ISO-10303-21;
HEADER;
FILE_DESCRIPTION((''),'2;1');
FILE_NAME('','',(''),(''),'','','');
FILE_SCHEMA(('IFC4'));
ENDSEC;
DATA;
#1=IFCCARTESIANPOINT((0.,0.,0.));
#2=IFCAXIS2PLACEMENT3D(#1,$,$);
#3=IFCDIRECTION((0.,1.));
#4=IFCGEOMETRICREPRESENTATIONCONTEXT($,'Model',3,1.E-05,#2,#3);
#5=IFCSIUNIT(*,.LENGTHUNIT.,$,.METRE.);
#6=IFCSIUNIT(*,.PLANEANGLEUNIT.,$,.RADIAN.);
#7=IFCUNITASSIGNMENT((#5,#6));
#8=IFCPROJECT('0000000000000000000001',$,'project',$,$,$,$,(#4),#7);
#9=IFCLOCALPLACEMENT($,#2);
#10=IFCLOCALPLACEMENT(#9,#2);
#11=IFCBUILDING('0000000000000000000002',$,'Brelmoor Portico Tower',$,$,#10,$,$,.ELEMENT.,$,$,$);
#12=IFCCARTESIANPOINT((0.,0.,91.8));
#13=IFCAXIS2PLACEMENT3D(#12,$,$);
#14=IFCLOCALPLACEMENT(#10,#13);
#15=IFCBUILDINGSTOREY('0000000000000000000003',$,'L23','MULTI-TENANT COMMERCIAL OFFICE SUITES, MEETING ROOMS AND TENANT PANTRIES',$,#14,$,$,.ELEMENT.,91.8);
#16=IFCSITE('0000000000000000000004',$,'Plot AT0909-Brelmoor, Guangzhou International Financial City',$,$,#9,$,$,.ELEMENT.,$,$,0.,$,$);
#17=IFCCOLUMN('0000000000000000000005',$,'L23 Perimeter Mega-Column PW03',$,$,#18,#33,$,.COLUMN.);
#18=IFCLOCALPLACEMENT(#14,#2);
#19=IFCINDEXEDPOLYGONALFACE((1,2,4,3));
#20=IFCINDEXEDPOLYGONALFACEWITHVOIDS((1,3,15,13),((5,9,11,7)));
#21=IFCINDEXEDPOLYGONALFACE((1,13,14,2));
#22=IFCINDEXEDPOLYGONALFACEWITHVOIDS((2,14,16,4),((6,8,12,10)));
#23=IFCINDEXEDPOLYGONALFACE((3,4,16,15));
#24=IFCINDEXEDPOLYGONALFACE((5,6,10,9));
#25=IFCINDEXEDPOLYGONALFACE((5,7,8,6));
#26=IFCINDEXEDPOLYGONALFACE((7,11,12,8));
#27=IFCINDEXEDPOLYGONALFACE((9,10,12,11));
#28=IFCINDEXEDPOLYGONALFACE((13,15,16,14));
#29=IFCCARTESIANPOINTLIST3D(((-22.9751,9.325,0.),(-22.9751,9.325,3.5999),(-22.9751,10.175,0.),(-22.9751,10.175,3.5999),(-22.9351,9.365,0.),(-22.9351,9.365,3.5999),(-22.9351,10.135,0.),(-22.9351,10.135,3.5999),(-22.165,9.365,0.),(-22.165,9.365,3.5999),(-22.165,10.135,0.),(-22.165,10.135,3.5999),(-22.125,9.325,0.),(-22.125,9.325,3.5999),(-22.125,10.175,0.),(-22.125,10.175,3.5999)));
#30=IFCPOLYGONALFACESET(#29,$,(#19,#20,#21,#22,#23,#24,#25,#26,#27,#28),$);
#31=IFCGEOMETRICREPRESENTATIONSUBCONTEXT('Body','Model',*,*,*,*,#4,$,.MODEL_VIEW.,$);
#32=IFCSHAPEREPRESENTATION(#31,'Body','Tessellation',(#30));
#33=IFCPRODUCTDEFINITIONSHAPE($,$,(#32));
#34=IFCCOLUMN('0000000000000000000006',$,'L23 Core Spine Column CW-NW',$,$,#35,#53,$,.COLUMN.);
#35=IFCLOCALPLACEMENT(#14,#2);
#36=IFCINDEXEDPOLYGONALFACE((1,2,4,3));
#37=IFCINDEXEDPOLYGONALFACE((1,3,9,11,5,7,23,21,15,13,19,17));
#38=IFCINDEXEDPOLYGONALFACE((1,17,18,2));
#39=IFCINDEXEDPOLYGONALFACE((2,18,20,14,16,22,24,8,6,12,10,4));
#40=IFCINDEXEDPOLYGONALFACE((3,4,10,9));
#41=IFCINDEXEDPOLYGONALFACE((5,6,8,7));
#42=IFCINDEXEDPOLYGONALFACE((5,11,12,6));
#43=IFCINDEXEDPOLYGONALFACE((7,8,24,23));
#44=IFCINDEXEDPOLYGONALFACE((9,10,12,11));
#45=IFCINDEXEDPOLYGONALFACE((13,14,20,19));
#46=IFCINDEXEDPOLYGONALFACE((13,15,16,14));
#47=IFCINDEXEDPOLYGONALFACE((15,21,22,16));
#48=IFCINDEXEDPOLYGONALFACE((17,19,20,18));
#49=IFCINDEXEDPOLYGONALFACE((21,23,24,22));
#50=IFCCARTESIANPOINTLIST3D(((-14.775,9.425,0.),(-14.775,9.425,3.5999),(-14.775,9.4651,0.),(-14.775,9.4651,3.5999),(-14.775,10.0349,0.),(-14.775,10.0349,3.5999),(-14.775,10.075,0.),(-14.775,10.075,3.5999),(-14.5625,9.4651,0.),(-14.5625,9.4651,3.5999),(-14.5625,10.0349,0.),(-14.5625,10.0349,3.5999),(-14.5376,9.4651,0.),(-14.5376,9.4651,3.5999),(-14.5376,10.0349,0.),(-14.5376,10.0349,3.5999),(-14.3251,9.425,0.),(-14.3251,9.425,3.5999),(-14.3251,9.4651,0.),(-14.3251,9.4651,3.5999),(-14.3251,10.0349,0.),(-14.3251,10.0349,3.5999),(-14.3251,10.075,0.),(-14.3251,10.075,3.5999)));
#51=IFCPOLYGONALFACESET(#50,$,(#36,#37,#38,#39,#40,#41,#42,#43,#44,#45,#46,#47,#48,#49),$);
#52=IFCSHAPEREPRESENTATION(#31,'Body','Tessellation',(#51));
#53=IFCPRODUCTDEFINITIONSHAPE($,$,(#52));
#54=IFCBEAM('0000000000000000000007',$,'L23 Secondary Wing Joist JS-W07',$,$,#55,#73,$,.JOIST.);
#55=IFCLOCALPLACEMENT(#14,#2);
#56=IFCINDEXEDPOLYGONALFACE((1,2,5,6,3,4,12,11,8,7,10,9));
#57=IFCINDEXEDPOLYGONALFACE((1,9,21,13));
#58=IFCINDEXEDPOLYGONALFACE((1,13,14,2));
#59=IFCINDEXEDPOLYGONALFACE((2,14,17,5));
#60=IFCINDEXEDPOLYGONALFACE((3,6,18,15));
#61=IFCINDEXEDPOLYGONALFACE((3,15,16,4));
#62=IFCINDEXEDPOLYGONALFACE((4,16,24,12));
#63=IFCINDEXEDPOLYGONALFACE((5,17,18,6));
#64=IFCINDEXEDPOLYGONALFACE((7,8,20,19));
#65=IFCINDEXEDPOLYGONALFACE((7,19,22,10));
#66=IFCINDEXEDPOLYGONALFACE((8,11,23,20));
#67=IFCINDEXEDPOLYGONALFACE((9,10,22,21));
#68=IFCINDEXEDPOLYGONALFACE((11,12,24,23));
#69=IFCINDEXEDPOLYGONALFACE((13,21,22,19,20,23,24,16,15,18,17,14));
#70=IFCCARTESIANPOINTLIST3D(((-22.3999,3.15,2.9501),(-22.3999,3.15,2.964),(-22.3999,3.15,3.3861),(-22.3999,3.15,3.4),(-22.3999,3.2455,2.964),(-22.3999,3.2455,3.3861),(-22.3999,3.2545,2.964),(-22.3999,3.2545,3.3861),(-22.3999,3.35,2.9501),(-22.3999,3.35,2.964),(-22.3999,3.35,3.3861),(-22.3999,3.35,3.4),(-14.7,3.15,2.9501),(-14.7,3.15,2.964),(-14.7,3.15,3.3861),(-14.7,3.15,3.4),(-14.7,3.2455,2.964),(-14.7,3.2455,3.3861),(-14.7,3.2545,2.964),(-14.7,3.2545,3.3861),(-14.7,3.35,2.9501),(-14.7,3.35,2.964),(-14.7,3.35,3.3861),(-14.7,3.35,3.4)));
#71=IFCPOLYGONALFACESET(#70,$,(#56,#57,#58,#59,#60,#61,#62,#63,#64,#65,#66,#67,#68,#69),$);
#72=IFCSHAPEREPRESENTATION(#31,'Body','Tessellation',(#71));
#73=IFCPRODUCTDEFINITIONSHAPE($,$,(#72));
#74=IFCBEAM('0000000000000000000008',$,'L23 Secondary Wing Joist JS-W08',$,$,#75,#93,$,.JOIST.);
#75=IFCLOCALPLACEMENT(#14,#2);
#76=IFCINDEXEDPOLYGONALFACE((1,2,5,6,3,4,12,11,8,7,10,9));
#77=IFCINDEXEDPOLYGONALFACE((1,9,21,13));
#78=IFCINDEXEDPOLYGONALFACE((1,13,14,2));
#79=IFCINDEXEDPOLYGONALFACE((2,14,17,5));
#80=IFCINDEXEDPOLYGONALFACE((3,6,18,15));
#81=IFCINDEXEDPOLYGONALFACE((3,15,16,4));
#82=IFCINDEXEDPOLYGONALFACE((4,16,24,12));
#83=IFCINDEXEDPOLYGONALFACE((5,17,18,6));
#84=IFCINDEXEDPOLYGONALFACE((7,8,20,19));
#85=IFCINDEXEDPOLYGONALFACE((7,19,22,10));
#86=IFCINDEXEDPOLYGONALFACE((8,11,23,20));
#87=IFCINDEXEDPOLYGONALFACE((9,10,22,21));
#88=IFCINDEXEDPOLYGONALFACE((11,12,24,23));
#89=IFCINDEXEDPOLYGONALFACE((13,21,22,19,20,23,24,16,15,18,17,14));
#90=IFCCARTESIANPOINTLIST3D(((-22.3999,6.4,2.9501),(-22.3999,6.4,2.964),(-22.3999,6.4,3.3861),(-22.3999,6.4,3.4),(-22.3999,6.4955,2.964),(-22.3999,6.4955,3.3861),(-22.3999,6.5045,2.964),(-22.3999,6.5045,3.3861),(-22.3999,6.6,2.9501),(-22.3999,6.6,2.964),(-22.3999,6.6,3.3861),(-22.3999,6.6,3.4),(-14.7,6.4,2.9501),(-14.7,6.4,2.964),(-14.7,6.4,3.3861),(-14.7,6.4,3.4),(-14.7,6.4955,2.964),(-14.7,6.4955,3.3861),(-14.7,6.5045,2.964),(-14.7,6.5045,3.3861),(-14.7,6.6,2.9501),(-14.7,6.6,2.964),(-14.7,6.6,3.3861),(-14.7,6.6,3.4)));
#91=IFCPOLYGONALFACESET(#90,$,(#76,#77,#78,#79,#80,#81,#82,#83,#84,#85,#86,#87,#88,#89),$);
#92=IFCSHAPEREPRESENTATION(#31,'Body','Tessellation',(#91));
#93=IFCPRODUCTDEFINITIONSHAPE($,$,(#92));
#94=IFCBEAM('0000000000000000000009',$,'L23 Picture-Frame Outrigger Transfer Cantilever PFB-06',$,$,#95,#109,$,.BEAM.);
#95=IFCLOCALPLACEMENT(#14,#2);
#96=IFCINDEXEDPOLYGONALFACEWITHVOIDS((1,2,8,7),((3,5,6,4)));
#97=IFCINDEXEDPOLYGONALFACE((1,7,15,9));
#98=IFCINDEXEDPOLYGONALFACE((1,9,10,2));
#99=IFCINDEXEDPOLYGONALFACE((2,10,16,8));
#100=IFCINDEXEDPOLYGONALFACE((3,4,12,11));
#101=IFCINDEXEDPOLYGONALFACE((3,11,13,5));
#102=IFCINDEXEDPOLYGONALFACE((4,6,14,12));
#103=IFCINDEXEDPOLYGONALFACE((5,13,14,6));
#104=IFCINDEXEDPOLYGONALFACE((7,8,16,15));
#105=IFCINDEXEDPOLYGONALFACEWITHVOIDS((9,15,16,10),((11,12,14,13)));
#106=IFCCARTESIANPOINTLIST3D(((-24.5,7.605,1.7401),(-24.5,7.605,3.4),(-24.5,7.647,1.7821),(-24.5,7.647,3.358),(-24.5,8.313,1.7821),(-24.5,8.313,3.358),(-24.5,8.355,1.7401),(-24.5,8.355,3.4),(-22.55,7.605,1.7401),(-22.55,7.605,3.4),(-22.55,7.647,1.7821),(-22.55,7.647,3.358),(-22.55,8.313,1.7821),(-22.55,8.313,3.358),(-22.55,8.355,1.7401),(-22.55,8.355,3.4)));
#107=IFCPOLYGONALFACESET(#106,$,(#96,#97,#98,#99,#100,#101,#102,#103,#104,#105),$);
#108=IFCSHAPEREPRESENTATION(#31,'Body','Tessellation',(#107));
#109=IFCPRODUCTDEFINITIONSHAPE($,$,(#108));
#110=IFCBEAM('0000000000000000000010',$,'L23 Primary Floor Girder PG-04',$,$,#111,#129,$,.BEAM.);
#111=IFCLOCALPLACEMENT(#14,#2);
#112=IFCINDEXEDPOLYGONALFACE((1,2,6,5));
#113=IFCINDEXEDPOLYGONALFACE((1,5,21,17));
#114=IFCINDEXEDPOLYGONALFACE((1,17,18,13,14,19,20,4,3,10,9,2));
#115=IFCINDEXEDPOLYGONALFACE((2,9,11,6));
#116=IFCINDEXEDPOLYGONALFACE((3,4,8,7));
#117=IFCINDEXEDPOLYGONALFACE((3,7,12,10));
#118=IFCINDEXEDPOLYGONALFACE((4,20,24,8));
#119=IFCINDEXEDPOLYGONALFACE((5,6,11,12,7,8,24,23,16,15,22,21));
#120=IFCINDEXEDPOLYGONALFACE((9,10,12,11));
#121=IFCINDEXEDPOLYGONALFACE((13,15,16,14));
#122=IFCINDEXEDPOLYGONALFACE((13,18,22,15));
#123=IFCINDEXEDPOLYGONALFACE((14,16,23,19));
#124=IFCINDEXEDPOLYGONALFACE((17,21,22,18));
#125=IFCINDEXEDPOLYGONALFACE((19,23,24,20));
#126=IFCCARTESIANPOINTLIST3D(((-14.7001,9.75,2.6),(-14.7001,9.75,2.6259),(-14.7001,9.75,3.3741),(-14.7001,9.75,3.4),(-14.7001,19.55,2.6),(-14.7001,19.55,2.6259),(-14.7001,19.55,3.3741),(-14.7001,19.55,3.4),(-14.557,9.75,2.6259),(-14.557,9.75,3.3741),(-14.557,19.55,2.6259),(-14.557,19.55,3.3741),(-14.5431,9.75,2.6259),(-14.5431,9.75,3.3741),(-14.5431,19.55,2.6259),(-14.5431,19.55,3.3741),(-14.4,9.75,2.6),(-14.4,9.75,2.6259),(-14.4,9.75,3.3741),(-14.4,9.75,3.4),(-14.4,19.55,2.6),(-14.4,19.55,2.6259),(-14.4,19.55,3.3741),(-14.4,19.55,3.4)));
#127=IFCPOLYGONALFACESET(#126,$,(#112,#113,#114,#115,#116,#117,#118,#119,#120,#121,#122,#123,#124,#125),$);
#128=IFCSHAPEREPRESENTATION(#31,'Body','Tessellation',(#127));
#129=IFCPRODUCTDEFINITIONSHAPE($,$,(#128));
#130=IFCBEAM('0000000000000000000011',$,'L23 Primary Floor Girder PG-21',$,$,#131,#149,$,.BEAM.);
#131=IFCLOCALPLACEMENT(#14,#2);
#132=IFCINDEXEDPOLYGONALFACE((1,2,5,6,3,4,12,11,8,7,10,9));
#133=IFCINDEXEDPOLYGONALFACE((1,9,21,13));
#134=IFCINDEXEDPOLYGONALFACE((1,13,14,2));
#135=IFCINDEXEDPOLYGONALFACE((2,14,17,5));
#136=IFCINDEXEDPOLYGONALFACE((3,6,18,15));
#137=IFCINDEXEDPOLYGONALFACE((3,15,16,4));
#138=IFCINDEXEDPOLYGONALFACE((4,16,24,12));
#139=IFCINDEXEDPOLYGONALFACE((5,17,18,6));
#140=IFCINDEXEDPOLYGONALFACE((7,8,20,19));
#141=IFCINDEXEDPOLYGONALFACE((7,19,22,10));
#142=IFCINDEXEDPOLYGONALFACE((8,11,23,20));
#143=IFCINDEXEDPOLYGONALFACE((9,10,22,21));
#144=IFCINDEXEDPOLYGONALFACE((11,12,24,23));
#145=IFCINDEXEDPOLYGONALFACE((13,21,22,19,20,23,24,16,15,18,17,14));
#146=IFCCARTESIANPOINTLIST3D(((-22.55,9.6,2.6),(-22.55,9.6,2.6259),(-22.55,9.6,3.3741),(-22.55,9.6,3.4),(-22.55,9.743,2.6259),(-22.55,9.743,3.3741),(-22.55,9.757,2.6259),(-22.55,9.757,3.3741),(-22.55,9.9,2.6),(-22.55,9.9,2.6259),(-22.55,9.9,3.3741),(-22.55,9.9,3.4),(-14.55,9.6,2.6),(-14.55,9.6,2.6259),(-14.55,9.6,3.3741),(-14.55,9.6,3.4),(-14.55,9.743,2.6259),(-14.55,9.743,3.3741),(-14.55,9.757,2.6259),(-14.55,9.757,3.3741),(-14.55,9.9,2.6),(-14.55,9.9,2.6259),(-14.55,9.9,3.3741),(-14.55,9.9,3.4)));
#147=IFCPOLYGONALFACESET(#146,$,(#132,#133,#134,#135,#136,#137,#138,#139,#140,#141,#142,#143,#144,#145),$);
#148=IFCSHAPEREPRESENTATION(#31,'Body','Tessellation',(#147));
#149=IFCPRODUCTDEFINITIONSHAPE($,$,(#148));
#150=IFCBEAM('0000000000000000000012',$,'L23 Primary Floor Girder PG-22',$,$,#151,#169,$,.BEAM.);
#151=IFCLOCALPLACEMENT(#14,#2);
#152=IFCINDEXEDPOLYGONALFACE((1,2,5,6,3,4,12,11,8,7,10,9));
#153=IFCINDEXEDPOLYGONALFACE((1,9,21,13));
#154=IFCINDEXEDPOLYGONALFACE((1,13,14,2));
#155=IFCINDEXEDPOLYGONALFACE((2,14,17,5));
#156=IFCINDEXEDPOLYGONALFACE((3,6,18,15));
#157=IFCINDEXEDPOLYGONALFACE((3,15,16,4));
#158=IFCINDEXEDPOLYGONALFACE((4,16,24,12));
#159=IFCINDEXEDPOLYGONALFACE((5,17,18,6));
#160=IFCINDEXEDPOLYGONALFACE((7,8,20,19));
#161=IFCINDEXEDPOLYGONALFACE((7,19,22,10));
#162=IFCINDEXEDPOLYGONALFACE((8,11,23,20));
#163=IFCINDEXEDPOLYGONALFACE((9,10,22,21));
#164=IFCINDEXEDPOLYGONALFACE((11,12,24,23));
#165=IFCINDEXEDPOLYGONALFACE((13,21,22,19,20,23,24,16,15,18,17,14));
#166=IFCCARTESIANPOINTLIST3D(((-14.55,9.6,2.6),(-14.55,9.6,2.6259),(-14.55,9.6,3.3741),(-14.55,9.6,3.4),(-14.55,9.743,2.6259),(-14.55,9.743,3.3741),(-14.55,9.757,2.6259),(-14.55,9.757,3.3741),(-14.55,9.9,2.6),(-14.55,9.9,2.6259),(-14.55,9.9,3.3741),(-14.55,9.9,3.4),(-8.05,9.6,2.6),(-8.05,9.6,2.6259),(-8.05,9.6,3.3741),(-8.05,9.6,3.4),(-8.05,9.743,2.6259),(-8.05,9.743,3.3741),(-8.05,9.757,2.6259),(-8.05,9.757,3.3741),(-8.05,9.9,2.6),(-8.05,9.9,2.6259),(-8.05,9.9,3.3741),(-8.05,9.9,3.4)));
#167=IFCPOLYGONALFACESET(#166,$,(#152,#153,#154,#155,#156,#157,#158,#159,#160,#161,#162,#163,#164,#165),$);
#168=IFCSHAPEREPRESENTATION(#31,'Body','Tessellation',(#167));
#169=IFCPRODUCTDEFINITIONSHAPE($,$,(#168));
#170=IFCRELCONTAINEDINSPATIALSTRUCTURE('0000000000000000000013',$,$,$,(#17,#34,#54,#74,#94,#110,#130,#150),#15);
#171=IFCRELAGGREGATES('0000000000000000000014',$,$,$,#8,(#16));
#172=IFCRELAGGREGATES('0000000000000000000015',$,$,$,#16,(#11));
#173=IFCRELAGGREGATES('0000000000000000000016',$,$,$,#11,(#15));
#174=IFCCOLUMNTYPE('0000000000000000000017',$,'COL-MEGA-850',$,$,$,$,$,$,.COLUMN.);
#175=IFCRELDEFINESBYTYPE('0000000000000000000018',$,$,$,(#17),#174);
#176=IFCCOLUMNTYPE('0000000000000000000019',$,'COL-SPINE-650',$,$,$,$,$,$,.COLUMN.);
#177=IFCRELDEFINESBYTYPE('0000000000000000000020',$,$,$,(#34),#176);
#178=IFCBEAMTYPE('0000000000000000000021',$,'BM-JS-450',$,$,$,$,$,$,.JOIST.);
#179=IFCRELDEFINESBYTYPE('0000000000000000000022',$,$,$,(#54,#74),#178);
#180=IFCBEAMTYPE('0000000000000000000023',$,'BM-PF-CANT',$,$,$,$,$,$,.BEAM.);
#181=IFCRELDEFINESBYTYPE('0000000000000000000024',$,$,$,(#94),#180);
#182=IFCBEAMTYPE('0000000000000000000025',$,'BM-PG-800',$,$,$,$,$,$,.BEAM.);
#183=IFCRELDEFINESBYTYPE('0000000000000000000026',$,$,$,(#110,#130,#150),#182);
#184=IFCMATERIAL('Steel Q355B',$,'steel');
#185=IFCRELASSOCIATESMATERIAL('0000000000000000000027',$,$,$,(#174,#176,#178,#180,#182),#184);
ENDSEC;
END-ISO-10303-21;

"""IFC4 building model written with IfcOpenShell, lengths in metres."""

from ifc_helpers import new_model, si_unit, direction, frame, origin, origin_2d, place, context, subcontext, project, spatial, hollow_rectangle, i_section, extrude, material, material_profile, profile_set, type_object, element, save


model = new_model("IFC4")

# Units and contexts
model_context = context("Model", 3, precision=1e-05, world=origin(), true_north=direction((0.0, 1.0)))
body_context = subcontext(model_context, "Body", "Model", "MODEL_VIEW")
ifc_project = project(units=[si_unit("LENGTHUNIT", "METRE"), si_unit("PLANEANGLEUNIT", "RADIAN")], contexts=[model_context])

# Site, building, storey
site_placement = place(None, origin())
site = spatial("IfcSite", under=ifc_project, at=site_placement, Name="Plot AT0909-Brelmoor, Guangzhou International Financial City", CompositionType="ELEMENT", RefElevation=0.0)
building_placement = place(site_placement, origin())
building = spatial("IfcBuilding", under=site, at=building_placement, Name="Brelmoor Portico Tower", CompositionType="ELEMENT")
storey_placement = place(building_placement, frame((0.0, 0.0, 91.8)))
storey = spatial("IfcBuildingStorey", under=building, at=storey_placement, Name="L23", Description="MULTI-TENANT COMMERCIAL OFFICE SUITES, MEETING ROOMS AND TENANT PANTRIES", CompositionType="ELEMENT", Elevation=91.8)

# Columns
ifc_material_1 = material(Name="Steel Q355B", Category="steel")
ifc_material_profile_1 = material_profile(ifc_material_1, hollow_rectangle(XDim=0.8501, YDim=0.8501, WallThickness=0.04, at=origin_2d()), Name="BOX 850x850x40")
ifc_profile_set_1 = profile_set([ifc_material_profile_1], Name="Steel Q355B")
column_type_1 = type_object("IfcColumnType", Name="COL-MEGA-850", PredefinedType="COLUMN", material=ifc_profile_set_1)
column_1_placement = place(storey_placement, frame((-22.55, 9.75, 0.0), z_axis=(0.0, 0.0, 1.0), x_axis=(0.0, 1.0, 0.0)))
element("IfcColumn", 1, at=column_1_placement, inside=storey, type_object=column_type_1, Name="L23 Perimeter Mega-Column PW03", PredefinedType="COLUMN", context=body_context, shape_type="SweptSolid", body=[
    extrude(hollow_rectangle(XDim=0.8501, YDim=0.8501, WallThickness=0.04, at=origin_2d()), origin(), (0.0, 0.0, 1.0), 3.5999),
])
ifc_material_profile_2 = material_profile(ifc_material_1, i_section(OverallWidth=0.45, OverallDepth=0.6499, WebThickness=0.0249, FlangeThickness=0.04, at=origin_2d()), Name="HW 650x450x25x40")
ifc_profile_set_2 = profile_set([ifc_material_profile_2], Name="Steel Q355B")
column_type_2 = type_object("IfcColumnType", Name="COL-SPINE-650", PredefinedType="COLUMN", material=ifc_profile_set_2)
column_2_placement = place(storey_placement, frame((-14.55, 9.75, 0.0), z_axis=(0.0, 0.0, 1.0), x_axis=(1.0, 0.0, 0.0)))
element("IfcColumn", 2, at=column_2_placement, inside=storey, type_object=column_type_2, Name="L23 Core Spine Column CW-NW", PredefinedType="COLUMN", context=body_context, shape_type="SweptSolid", body=[
    extrude(i_section(OverallWidth=0.45, OverallDepth=0.6499, WebThickness=0.0249, FlangeThickness=0.04, at=origin_2d()), origin(), (0.0, 0.0, 1.0), 3.5999),
])

# Beams
ifc_material_profile_3 = material_profile(ifc_material_1, i_section(OverallWidth=0.2, OverallDepth=0.45, WebThickness=0.009, FlangeThickness=0.0139, at=origin_2d()), Name="HN 450x200x9x14")
ifc_profile_set_3 = profile_set([ifc_material_profile_3], Name="Steel Q355B")
beam_type_1 = type_object("IfcBeamType", Name="BM-JS-450", PredefinedType="JOIST", material=ifc_profile_set_3)
for number, where, z_axis, x_axis, name in (
    (3, (-22.3999, 3.25, 3.175), (1.0, 0.0, 0.0), (0.0, 1.0, 0.0), "L23 Secondary Wing Joist JS-W07"),
    (4, (-22.3999, 6.5, 3.175), (1.0, 0.0, 0.0), (0.0, 1.0, 0.0), "L23 Secondary Wing Joist JS-W08"),
):
    element("IfcBeam", number, at=place(storey_placement, frame(where, z_axis=z_axis, x_axis=x_axis)), inside=storey, type_object=beam_type_1, Name=name, PredefinedType="JOIST", context=body_context, shape_type="SweptSolid", body=[
        extrude(i_section(OverallWidth=0.2, OverallDepth=0.45, WebThickness=0.009, FlangeThickness=0.0139, at=origin_2d()), origin(), (0.0, 0.0, 1.0), 7.7),
    ])
ifc_material_profile_4 = material_profile(ifc_material_1, hollow_rectangle(XDim=0.75, YDim=1.6599, WallThickness=0.042, at=origin_2d()), Name="BOX 750x1660x42")
ifc_profile_set_4 = profile_set([ifc_material_profile_4], Name="Steel Q355B")
beam_type_2 = type_object("IfcBeamType", Name="BM-PF-CANT", PredefinedType="BEAM", material=ifc_profile_set_4)
beam_1_placement = place(storey_placement, frame((-24.5, 7.98, 2.5701), z_axis=(1.0, 0.0, 0.0), x_axis=(0.0, 1.0, 0.0)))
element("IfcBeam", 5, at=beam_1_placement, inside=storey, type_object=beam_type_2, Name="L23 Picture-Frame Outrigger Transfer Cantilever PFB-06", PredefinedType="BEAM", context=body_context, shape_type="SweptSolid", body=[
    extrude(hollow_rectangle(XDim=0.75, YDim=1.6599, WallThickness=0.042, at=origin_2d()), origin(), (0.0, 0.0, 1.0), 1.95),
])
ifc_material_profile_5 = material_profile(ifc_material_1, i_section(OverallWidth=0.3, OverallDepth=0.8, WebThickness=0.0139, FlangeThickness=0.0259, at=origin_2d()), Name="HN 800x300x14x26")
ifc_profile_set_5 = profile_set([ifc_material_profile_5], Name="Steel Q355B")
beam_type_3 = type_object("IfcBeamType", Name="BM-PG-800", PredefinedType="BEAM", material=ifc_profile_set_5)
beam_2_placement = place(storey_placement, frame((-14.55, 9.75, 3.0), z_axis=(0.0, 1.0, 0.0), x_axis=(-1.0, 0.0, 0.0)))
element("IfcBeam", 6, at=beam_2_placement, inside=storey, type_object=beam_type_3, Name="L23 Primary Floor Girder PG-04", PredefinedType="BEAM", context=body_context, shape_type="SweptSolid", body=[
    extrude(i_section(OverallWidth=0.3, OverallDepth=0.8, WebThickness=0.0139, FlangeThickness=0.0259, at=origin_2d()), origin(), (0.0, 0.0, 1.0), 9.8),
])
beam_3_placement = place(storey_placement, frame((-22.55, 9.75, 3.0), z_axis=(1.0, 0.0, 0.0), x_axis=(0.0, 1.0, 0.0)))
element("IfcBeam", 7, at=beam_3_placement, inside=storey, type_object=beam_type_3, Name="L23 Primary Floor Girder PG-21", PredefinedType="BEAM", context=body_context, shape_type="SweptSolid", body=[
    extrude(i_section(OverallWidth=0.3, OverallDepth=0.8, WebThickness=0.0139, FlangeThickness=0.0259, at=origin_2d()), origin(), (0.0, 0.0, 1.0), 8.0),
])
beam_4_placement = place(storey_placement, frame((-14.55, 9.75, 3.0), z_axis=(1.0, 0.0, 0.0), x_axis=(0.0, 1.0, 0.0)))
element("IfcBeam", 8, at=beam_4_placement, inside=storey, type_object=beam_type_3, Name="L23 Primary Floor Girder PG-22", PredefinedType="BEAM", context=body_context, shape_type="SweptSolid", body=[
    extrude(i_section(OverallWidth=0.3, OverallDepth=0.8, WebThickness=0.0139, FlangeThickness=0.0259, at=origin_2d()), origin(), (0.0, 0.0, 1.0), 6.5),
])

save(model, "model.ifc")
